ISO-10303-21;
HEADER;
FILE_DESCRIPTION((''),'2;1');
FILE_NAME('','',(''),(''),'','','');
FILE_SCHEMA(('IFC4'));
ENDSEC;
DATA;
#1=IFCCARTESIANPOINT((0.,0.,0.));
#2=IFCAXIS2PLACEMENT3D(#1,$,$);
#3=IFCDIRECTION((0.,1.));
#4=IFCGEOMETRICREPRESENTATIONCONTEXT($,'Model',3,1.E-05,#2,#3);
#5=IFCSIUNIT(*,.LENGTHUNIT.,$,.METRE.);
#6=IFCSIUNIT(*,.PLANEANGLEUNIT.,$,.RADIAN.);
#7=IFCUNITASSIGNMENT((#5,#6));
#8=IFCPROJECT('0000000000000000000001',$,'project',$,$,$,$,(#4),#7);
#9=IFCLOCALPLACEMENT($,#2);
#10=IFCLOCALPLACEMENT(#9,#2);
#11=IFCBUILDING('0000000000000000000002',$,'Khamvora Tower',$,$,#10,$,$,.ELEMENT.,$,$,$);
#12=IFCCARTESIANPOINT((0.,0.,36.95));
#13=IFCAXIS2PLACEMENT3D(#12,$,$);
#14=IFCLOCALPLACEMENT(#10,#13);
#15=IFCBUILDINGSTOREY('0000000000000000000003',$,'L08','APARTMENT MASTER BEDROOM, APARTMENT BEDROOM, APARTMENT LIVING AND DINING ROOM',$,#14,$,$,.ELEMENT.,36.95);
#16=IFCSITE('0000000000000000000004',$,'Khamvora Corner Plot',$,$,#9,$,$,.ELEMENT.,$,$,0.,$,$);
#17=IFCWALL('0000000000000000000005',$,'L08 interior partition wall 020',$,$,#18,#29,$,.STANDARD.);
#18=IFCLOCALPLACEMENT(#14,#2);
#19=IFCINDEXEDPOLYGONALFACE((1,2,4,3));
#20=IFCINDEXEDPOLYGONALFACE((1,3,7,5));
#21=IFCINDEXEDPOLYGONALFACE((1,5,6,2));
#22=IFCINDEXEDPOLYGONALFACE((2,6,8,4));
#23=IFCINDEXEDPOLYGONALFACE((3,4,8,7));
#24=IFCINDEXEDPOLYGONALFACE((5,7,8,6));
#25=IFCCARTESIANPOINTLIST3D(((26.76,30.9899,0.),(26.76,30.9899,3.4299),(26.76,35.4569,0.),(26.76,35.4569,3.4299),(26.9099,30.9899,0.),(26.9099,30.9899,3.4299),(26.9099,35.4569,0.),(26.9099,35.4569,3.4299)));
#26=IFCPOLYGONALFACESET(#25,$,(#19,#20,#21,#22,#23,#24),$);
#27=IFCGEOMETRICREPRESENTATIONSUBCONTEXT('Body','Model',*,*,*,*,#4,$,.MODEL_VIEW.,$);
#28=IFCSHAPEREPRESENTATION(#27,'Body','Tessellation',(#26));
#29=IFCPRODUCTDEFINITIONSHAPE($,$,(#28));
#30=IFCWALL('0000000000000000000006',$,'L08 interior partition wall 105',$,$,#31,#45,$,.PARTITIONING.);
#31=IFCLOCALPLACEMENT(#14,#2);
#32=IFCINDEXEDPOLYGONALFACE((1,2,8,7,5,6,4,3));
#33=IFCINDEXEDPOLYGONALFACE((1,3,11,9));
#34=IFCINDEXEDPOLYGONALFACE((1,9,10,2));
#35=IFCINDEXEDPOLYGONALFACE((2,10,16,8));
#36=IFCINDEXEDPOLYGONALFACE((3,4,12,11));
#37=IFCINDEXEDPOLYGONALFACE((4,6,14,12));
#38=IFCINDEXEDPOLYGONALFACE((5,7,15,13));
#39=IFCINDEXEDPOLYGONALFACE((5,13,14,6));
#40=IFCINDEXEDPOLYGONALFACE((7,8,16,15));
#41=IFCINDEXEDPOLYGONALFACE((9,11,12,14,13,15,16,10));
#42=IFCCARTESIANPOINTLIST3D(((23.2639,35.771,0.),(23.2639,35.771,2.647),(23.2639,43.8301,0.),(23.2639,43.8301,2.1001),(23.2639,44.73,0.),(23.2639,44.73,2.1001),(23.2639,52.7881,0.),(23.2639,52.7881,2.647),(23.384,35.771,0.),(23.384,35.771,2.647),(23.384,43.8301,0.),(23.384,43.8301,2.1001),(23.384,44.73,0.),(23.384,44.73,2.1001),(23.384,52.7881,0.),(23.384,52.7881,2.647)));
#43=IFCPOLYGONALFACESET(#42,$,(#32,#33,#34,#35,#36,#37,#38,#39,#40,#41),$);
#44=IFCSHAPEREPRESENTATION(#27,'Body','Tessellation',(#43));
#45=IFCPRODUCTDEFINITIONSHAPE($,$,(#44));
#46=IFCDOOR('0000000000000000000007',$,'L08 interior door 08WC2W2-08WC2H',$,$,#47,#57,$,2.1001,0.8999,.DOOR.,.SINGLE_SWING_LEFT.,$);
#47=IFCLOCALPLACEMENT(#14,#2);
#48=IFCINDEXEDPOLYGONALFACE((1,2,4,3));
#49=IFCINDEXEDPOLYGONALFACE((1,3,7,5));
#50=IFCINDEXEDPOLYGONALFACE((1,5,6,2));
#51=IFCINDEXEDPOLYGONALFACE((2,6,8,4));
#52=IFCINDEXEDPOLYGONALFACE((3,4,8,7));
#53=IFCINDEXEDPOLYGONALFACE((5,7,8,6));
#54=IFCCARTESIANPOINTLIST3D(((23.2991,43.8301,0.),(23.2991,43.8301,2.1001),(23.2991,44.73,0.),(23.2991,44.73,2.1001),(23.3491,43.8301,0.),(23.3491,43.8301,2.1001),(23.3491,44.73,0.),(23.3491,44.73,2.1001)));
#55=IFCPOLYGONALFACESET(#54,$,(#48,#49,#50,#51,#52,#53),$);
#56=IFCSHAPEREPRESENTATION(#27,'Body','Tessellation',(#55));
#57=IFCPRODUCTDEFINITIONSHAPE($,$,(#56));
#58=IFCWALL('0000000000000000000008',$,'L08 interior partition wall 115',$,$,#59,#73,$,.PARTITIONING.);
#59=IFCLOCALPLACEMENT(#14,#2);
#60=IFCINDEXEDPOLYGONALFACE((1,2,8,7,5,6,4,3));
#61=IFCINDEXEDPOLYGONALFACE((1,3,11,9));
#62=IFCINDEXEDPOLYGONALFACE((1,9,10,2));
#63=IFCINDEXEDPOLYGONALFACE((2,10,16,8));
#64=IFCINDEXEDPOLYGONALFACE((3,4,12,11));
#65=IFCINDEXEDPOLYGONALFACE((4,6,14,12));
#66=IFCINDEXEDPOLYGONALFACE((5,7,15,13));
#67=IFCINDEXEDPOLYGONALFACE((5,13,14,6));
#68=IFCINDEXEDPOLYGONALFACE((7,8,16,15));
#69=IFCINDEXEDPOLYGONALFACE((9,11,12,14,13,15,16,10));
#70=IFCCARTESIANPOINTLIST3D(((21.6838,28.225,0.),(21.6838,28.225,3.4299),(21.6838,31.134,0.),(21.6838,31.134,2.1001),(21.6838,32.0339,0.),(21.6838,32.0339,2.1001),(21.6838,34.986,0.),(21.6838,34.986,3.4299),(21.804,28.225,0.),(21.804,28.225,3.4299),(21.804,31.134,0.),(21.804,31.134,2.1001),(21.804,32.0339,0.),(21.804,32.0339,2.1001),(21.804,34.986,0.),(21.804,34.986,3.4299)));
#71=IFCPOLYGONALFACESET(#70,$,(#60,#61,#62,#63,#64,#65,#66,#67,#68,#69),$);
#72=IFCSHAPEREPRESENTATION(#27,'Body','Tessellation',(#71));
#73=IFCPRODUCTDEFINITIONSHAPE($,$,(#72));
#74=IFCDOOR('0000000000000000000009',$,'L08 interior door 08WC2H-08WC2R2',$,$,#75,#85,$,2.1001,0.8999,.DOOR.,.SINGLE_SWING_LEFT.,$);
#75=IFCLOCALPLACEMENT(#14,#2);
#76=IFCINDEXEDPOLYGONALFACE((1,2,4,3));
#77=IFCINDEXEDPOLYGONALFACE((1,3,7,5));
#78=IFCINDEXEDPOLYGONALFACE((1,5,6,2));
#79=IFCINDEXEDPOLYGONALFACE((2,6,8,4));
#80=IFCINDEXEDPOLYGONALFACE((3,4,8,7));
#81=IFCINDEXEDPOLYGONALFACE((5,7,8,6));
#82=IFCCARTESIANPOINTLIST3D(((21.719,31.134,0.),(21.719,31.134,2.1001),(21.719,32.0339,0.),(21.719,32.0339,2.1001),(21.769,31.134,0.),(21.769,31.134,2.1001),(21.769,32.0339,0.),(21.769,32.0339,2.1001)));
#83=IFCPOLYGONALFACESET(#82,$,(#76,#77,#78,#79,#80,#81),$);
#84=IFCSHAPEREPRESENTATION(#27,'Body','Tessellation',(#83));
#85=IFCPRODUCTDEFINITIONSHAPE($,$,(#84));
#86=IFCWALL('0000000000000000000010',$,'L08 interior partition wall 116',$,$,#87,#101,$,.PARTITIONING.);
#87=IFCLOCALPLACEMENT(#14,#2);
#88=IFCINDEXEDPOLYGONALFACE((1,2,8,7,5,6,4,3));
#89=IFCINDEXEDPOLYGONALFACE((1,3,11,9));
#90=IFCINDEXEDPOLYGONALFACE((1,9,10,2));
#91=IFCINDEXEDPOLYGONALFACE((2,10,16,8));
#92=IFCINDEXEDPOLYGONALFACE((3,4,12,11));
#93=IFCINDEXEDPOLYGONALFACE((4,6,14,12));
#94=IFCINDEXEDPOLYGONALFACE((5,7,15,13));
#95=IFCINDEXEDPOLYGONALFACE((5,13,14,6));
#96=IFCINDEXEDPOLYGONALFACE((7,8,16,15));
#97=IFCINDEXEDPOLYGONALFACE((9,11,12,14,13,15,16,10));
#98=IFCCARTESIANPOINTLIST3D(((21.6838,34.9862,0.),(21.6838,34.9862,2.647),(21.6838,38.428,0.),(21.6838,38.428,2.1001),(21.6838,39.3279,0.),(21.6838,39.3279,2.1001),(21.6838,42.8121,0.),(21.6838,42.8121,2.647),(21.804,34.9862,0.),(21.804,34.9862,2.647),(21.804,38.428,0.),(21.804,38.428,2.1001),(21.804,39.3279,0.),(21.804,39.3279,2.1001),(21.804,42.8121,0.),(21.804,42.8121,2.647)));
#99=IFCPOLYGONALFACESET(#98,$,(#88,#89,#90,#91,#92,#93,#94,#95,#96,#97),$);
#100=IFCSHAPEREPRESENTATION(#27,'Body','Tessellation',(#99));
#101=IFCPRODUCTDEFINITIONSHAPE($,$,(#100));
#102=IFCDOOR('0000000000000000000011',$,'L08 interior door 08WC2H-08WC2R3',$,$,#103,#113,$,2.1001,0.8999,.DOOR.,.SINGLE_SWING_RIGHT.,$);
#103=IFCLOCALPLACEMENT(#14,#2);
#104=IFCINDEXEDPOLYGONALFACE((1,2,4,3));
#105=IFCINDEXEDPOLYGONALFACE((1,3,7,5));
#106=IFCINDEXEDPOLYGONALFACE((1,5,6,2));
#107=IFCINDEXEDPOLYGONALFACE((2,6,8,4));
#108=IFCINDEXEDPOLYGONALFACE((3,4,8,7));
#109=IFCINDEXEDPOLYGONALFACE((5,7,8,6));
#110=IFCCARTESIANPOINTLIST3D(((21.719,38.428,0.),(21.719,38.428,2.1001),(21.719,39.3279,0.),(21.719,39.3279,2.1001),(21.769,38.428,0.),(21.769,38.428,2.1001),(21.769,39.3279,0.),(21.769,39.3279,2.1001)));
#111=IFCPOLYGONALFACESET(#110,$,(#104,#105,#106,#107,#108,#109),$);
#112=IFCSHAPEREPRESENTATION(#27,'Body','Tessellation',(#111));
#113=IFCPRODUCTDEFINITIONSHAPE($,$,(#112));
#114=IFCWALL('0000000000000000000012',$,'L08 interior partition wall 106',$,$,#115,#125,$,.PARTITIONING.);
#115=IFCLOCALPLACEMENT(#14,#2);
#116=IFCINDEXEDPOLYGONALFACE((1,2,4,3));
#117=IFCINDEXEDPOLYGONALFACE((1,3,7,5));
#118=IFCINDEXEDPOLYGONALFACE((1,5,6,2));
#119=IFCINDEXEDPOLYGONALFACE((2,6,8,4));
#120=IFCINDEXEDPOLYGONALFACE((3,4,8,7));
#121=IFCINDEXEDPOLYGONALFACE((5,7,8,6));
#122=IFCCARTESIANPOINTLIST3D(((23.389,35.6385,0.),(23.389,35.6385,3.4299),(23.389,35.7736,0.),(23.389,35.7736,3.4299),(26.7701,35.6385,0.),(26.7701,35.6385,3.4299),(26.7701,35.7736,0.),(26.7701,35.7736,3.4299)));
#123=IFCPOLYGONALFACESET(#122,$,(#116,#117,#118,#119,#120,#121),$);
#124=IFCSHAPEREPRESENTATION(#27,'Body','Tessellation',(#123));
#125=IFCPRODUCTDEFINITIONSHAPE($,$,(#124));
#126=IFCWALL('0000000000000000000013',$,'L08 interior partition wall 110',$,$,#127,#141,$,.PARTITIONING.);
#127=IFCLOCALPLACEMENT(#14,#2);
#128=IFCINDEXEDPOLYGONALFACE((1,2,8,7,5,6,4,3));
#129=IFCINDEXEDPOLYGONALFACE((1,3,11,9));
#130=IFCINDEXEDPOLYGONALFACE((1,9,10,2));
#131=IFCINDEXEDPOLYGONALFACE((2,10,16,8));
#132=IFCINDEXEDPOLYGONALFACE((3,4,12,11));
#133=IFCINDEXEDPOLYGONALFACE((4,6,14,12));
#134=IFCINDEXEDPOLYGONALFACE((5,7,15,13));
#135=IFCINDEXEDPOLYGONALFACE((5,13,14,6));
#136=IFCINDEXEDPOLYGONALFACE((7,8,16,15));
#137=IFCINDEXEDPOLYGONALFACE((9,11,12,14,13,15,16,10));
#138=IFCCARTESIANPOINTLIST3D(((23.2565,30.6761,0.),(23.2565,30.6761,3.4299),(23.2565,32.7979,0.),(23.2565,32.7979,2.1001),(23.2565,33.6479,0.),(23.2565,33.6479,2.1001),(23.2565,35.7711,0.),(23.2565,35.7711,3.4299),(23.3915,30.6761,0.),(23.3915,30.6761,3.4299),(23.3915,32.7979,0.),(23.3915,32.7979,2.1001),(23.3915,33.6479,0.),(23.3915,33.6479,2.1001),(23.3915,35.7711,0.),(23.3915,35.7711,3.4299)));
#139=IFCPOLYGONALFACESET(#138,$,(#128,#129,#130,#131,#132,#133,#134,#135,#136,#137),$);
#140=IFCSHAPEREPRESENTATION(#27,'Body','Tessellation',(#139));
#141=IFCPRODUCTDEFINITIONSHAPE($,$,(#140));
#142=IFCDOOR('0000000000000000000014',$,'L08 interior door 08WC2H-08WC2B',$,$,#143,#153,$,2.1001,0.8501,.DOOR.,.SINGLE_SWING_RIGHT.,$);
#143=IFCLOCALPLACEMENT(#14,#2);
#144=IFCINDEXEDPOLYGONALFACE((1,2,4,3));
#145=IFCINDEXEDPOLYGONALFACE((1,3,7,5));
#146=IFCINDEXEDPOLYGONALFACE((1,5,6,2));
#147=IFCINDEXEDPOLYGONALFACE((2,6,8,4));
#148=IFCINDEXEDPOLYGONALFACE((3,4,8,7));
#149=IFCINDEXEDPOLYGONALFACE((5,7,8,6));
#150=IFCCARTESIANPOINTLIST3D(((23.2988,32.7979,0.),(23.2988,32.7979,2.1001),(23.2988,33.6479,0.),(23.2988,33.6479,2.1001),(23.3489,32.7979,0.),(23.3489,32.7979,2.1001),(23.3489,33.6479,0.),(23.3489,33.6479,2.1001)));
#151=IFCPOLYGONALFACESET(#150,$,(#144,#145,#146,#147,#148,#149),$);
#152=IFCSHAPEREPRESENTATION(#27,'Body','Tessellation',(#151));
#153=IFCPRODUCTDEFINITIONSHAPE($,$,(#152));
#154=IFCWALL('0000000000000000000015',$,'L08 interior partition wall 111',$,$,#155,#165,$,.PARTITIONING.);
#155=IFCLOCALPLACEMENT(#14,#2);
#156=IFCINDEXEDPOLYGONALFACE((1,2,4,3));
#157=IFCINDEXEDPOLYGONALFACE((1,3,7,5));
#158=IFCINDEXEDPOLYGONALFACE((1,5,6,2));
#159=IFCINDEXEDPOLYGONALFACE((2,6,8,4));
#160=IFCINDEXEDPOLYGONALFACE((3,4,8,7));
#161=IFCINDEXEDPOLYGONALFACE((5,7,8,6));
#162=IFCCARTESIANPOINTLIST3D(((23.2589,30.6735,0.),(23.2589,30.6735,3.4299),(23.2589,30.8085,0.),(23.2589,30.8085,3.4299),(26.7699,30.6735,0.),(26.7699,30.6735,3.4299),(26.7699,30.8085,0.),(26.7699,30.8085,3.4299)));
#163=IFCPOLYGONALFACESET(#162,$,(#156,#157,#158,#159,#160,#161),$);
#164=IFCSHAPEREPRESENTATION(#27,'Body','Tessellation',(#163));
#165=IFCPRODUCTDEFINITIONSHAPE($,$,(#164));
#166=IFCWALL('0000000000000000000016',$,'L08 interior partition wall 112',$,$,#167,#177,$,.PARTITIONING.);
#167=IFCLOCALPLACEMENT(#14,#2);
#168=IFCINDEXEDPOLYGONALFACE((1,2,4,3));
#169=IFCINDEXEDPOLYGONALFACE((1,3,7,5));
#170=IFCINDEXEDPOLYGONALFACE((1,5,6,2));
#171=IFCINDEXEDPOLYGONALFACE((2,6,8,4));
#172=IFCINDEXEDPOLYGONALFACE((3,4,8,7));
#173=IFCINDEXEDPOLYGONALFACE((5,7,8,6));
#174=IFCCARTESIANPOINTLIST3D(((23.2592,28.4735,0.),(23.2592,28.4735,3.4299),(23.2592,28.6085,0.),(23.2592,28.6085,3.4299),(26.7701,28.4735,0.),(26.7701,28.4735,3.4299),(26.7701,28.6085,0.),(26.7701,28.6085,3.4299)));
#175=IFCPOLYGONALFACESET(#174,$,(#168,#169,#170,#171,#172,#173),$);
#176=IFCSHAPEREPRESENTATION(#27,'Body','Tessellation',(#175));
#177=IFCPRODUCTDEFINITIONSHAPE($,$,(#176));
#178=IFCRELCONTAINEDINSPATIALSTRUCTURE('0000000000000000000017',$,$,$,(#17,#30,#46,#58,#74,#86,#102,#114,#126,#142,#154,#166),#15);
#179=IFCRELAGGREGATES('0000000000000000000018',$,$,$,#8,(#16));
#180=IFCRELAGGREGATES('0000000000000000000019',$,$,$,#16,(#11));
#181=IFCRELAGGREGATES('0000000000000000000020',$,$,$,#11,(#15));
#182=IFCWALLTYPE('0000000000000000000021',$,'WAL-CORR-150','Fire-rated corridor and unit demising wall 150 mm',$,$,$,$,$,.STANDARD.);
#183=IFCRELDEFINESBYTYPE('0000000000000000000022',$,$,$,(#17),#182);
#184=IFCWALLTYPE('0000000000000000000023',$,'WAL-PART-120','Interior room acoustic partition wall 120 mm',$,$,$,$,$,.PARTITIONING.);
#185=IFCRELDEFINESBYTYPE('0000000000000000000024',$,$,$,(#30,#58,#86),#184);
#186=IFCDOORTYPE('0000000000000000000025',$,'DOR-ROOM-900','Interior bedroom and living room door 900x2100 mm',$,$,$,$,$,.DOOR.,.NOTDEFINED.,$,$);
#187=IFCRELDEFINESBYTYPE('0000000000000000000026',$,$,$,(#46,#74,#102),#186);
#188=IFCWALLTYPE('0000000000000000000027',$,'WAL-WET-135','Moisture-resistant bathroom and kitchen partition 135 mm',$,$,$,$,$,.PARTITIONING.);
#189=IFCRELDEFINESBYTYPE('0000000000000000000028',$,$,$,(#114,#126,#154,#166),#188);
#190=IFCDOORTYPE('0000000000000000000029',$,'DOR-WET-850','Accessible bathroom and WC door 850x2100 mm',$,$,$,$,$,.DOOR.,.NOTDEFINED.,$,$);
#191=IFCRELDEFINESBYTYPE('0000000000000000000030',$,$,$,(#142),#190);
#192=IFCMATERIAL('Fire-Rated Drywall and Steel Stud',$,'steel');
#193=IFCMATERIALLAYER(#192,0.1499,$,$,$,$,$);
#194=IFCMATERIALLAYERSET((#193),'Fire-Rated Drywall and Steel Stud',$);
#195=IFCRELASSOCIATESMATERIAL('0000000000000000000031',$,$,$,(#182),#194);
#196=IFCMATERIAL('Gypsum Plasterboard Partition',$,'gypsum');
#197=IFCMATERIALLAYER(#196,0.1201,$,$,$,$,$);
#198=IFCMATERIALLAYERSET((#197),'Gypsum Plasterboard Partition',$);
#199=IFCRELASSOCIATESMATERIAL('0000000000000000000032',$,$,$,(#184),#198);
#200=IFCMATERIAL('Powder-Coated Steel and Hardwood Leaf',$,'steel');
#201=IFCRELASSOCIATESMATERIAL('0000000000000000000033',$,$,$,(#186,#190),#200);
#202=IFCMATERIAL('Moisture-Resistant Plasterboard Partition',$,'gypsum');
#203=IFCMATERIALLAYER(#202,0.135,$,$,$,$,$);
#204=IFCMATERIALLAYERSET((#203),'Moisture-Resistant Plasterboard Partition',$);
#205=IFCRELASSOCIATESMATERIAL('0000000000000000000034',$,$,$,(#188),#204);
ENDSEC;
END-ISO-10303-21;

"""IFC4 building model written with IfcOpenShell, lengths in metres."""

from ifc_helpers import new_model, si_unit, direction, frame, frame_2d, origin, place, context, subcontext, project, spatial, rectangle, extrude, material, layer, layer_set, type_object, element, fill, save


model = new_model("IFC4")

# Units and contexts
model_context = context("Model", 3, precision=1e-05, world=origin(), true_north=direction((0.0, 1.0)))
body_context = subcontext(model_context, "Body", "Model", "MODEL_VIEW")
ifc_project = project(units=[si_unit("LENGTHUNIT", "METRE"), si_unit("PLANEANGLEUNIT", "RADIAN")], contexts=[model_context])

# Site, building, storey
site_placement = place(None, origin())
site = spatial("IfcSite", under=ifc_project, at=site_placement, Name="Khamvora Corner Plot", CompositionType="ELEMENT", RefElevation=0.0)
building_placement = place(site_placement, origin())
building = spatial("IfcBuilding", under=site, at=building_placement, Name="Khamvora Tower", CompositionType="ELEMENT")
storey_placement = place(building_placement, frame((0.0, 0.0, 36.95)))
storey = spatial("IfcBuildingStorey", under=building, at=storey_placement, Name="L08", Description="APARTMENT MASTER BEDROOM, APARTMENT BEDROOM, APARTMENT LIVING AND DINING ROOM", CompositionType="ELEMENT", Elevation=36.95)

# Shared definitions
ifc_material_1 = material(Name="Fire-Rated Drywall and Steel Stud", Category="steel")
ifc_layer_1 = layer(ifc_material_1, 0.1499)
ifc_layer_set_1 = layer_set([ifc_layer_1], Name="Fire-Rated Drywall and Steel Stud")
wall_type_1 = type_object("IfcWallType", Name="WAL-CORR-150", Description="Fire-rated corridor and unit demising wall 150 mm", PredefinedType="STANDARD", material=ifc_layer_set_1)

# Shared definitions
ifc_material_2 = material(Name="Powder-Coated Steel and Hardwood Leaf", Category="steel")

# Wall
wall_1_placement = place(storey_placement, frame((26.835, 30.99, 0.0), z_axis=(0.0, 0.0, 1.0), x_axis=(0.0, 1.0, 0.0)))
element("IfcWall", 1, at=wall_1_placement, inside=storey, type_object=wall_type_1, Name="L08 interior partition wall 020", PredefinedType="STANDARD", context=body_context, shape_type="SweptSolid", body=[
    extrude(rectangle(XDim=4.467, YDim=0.1499, at=frame_2d((2.2334, 0.0))), origin(), (0.0, 0.0, 1.0), 3.4299),
])

# Walls, openings, doors
ifc_material_3 = material(Name="Gypsum Plasterboard Partition", Category="gypsum")
ifc_layer_2 = layer(ifc_material_3, 0.1201)
ifc_layer_set_2 = layer_set([ifc_layer_2], Name="Gypsum Plasterboard Partition")
wall_type_2 = type_object("IfcWallType", Name="WAL-PART-120", Description="Interior room acoustic partition wall 120 mm", PredefinedType="PARTITIONING", material=ifc_layer_set_2)
wall_2_placement = place(storey_placement, frame((23.324, 35.771, 0.0), z_axis=(0.0, 0.0, 1.0), x_axis=(0.0, 1.0, 0.0)))
wall_2 = element("IfcWall", 2, at=wall_2_placement, inside=storey, type_object=wall_type_2, Name="L08 interior partition wall 105", PredefinedType="PARTITIONING", context=body_context, shape_type="SweptSolid", body=[
    extrude(rectangle(XDim=17.0171, YDim=0.1201, at=frame_2d((8.5085, 0.0))), origin(), (0.0, 0.0, 1.0), 2.647),
])
opening_1_placement = place(wall_2_placement, frame((8.0591, 0.0, 0.0)))
opening_1 = element("IfcOpeningElement", 3, at=opening_1_placement, cuts=wall_2, PredefinedType="OPENING", context=body_context, shape_type="SweptSolid", body=[
    extrude(rectangle(XDim=0.8999, YDim=2.1001, at=frame_2d((0.45, 1.05))), frame((0.0, 0.0701, 0.0), z_axis=(0.0, -1.0, 0.0), x_axis=(1.0, 0.0, 0.0)), (0.0, 0.0, 1.0), 0.1401),
])
door_type_1 = type_object("IfcDoorType", Name="DOR-ROOM-900", Description="Interior bedroom and living room door 900x2100 mm", OperationType="NOTDEFINED", PredefinedType="DOOR", material=ifc_material_2)
door_1_placement = place(opening_1_placement, origin())
door_1 = element("IfcDoor", 4, at=door_1_placement, inside=storey, type_object=door_type_1, Name="L08 interior door 08WC2W2-08WC2H", OperationType="SINGLE_SWING_LEFT", OverallHeight=2.1001, OverallWidth=0.8999, PredefinedType="DOOR", context=body_context, shape_type="SweptSolid", body=[
    extrude(rectangle(XDim=0.8999, YDim=2.1001, at=frame_2d((0.45, 1.05))), frame((0.0, 0.0249, 0.0), z_axis=(0.0, -1.0, 0.0), x_axis=(1.0, 0.0, 0.0)), (0.0, 0.0, 1.0), 0.05),
])
fill(opening_1, door_1)
wall_3_placement = place(storey_placement, frame((21.7439, 28.2251, 0.0), z_axis=(0.0, 0.0, 1.0), x_axis=(0.0, 1.0, 0.0)))
wall_3 = element("IfcWall", 5, at=wall_3_placement, inside=storey, type_object=wall_type_2, Name="L08 interior partition wall 115", PredefinedType="PARTITIONING", context=body_context, shape_type="SweptSolid", body=[
    extrude(rectangle(XDim=6.761, YDim=0.1201, at=frame_2d((3.3804, 0.0))), origin(), (0.0, 0.0, 1.0), 3.4299),
])
opening_2_placement = place(wall_3_placement, frame((2.9089, 0.0, 0.0)))
opening_2 = element("IfcOpeningElement", 6, at=opening_2_placement, cuts=wall_3, PredefinedType="OPENING", context=body_context, shape_type="SweptSolid", body=[
    extrude(rectangle(XDim=0.8999, YDim=2.1001, at=frame_2d((0.45, 1.05))), frame((0.0, 0.0701, 0.0), z_axis=(0.0, -1.0, 0.0), x_axis=(1.0, 0.0, 0.0)), (0.0, 0.0, 1.0), 0.1401),
])
door_2_placement = place(opening_2_placement, origin())
door_2 = element("IfcDoor", 7, at=door_2_placement, inside=storey, type_object=door_type_1, Name="L08 interior door 08WC2H-08WC2R2", OperationType="SINGLE_SWING_LEFT", OverallHeight=2.1001, OverallWidth=0.8999, PredefinedType="DOOR", context=body_context, shape_type="SweptSolid", body=[
    extrude(rectangle(XDim=0.8999, YDim=2.1001, at=frame_2d((0.45, 1.05))), frame((0.0, 0.0249, 0.0), z_axis=(0.0, -1.0, 0.0), x_axis=(1.0, 0.0, 0.0)), (0.0, 0.0, 1.0), 0.05),
])
fill(opening_2, door_2)
wall_4_placement = place(storey_placement, frame((21.7439, 34.9861, 0.0), z_axis=(0.0, 0.0, 1.0), x_axis=(0.0, 1.0, 0.0)))
wall_4 = element("IfcWall", 8, at=wall_4_placement, inside=storey, type_object=wall_type_2, Name="L08 interior partition wall 116", PredefinedType="PARTITIONING", context=body_context, shape_type="SweptSolid", body=[
    extrude(rectangle(XDim=7.8259, YDim=0.1201, at=frame_2d((3.9131, 0.0))), origin(), (0.0, 0.0, 1.0), 2.647),
])
opening_3_placement = place(wall_4_placement, frame((3.4419, 0.0, 0.0)))
opening_3 = element("IfcOpeningElement", 9, at=opening_3_placement, cuts=wall_4, PredefinedType="OPENING", context=body_context, shape_type="SweptSolid", body=[
    extrude(rectangle(XDim=0.8999, YDim=2.1001, at=frame_2d((0.45, 1.05))), frame((0.0, 0.0701, 0.0), z_axis=(0.0, -1.0, 0.0), x_axis=(1.0, 0.0, 0.0)), (0.0, 0.0, 1.0), 0.1401),
])
door_3_placement = place(opening_3_placement, origin())
door_3 = element("IfcDoor", 10, at=door_3_placement, inside=storey, type_object=door_type_1, Name="L08 interior door 08WC2H-08WC2R3", OperationType="SINGLE_SWING_RIGHT", OverallHeight=2.1001, OverallWidth=0.8999, PredefinedType="DOOR", context=body_context, shape_type="SweptSolid", body=[
    extrude(rectangle(XDim=0.8999, YDim=2.1001, at=frame_2d((0.45, 1.05))), frame((0.0, 0.0249, 0.0), z_axis=(0.0, -1.0, 0.0), x_axis=(1.0, 0.0, 0.0)), (0.0, 0.0, 1.0), 0.05),
])
fill(opening_3, door_3)

# Wall
ifc_material_4 = material(Name="Moisture-Resistant Plasterboard Partition", Category="gypsum")
ifc_layer_3 = layer(ifc_material_4, 0.135)
ifc_layer_set_3 = layer_set([ifc_layer_3], Name="Moisture-Resistant Plasterboard Partition")
wall_type_3 = type_object("IfcWallType", Name="WAL-WET-135", Description="Moisture-resistant bathroom and kitchen partition 135 mm", PredefinedType="PARTITIONING", material=ifc_layer_set_3)
wall_5_placement = place(storey_placement, frame((26.77, 35.7061, 0.0), z_axis=(0.0, 0.0, 1.0), x_axis=(-1.0, 0.0, 0.0)))
element("IfcWall", 11, at=wall_5_placement, inside=storey, type_object=wall_type_3, Name="L08 interior partition wall 106", PredefinedType="PARTITIONING", context=body_context, shape_type="SweptSolid", body=[
    extrude(rectangle(XDim=3.3811, YDim=0.135, at=frame_2d((1.6904, 0.0))), origin(), (0.0, 0.0, 1.0), 3.4299),
])

# Wall, opening, door
wall_6_placement = place(storey_placement, frame((23.324, 35.771, 0.0), z_axis=(0.0, 0.0, 1.0), x_axis=(0.0, -1.0, 0.0)))
wall_6 = element("IfcWall", 12, at=wall_6_placement, inside=storey, type_object=wall_type_3, Name="L08 interior partition wall 110", PredefinedType="PARTITIONING", context=body_context, shape_type="SweptSolid", body=[
    extrude(rectangle(XDim=5.095, YDim=0.135, at=frame_2d((2.5474, 0.0))), origin(), (0.0, 0.0, 1.0), 3.4299),
])
opening_4_placement = place(wall_6_placement, frame((2.123, 0.0, 0.0)))
opening_4 = element("IfcOpeningElement", 13, at=opening_4_placement, cuts=wall_6, PredefinedType="OPENING", context=body_context, shape_type="SweptSolid", body=[
    extrude(rectangle(XDim=0.8501, YDim=2.1001, at=frame_2d((0.425, 1.05))), frame((0.0, 0.0774, 0.0), z_axis=(0.0, -1.0, 0.0), x_axis=(1.0, 0.0, 0.0)), (0.0, 0.0, 1.0), 0.155),
])
door_type_2 = type_object("IfcDoorType", Name="DOR-WET-850", Description="Accessible bathroom and WC door 850x2100 mm", OperationType="NOTDEFINED", PredefinedType="DOOR", material=ifc_material_2)
door_4_placement = place(opening_4_placement, origin())
door_4 = element("IfcDoor", 14, at=door_4_placement, inside=storey, type_object=door_type_2, Name="L08 interior door 08WC2H-08WC2B", OperationType="SINGLE_SWING_RIGHT", OverallHeight=2.1001, OverallWidth=0.8501, PredefinedType="DOOR", context=body_context, shape_type="SweptSolid", body=[
    extrude(rectangle(XDim=0.8501, YDim=2.1001, at=frame_2d((0.425, 1.05))), frame((0.0, 0.0249, 0.0), z_axis=(0.0, -1.0, 0.0), x_axis=(1.0, 0.0, 0.0)), (0.0, 0.0, 1.0), 0.05),
])
fill(opening_4, door_4)

# Walls
for number, where, z_axis, x_axis, name in (
    (15, (23.259, 30.741, 0.0), (0.0, 0.0, 1.0), (1.0, 0.0, 0.0), "L08 interior partition wall 111"),
    (16, (26.77, 28.541, 0.0), (0.0, 0.0, 1.0), (-1.0, 0.0, 0.0), "L08 interior partition wall 112"),
):
    element("IfcWall", number, at=place(storey_placement, frame(where, z_axis=z_axis, x_axis=x_axis)), inside=storey, type_object=wall_type_3, Name=name, PredefinedType="PARTITIONING", context=body_context, shape_type="SweptSolid", body=[
        extrude(rectangle(XDim=3.511, YDim=0.135, at=frame_2d((1.7554, 0.0))), origin(), (0.0, 0.0, 1.0), 3.4299),
    ])

save(model, "model.ifc")
